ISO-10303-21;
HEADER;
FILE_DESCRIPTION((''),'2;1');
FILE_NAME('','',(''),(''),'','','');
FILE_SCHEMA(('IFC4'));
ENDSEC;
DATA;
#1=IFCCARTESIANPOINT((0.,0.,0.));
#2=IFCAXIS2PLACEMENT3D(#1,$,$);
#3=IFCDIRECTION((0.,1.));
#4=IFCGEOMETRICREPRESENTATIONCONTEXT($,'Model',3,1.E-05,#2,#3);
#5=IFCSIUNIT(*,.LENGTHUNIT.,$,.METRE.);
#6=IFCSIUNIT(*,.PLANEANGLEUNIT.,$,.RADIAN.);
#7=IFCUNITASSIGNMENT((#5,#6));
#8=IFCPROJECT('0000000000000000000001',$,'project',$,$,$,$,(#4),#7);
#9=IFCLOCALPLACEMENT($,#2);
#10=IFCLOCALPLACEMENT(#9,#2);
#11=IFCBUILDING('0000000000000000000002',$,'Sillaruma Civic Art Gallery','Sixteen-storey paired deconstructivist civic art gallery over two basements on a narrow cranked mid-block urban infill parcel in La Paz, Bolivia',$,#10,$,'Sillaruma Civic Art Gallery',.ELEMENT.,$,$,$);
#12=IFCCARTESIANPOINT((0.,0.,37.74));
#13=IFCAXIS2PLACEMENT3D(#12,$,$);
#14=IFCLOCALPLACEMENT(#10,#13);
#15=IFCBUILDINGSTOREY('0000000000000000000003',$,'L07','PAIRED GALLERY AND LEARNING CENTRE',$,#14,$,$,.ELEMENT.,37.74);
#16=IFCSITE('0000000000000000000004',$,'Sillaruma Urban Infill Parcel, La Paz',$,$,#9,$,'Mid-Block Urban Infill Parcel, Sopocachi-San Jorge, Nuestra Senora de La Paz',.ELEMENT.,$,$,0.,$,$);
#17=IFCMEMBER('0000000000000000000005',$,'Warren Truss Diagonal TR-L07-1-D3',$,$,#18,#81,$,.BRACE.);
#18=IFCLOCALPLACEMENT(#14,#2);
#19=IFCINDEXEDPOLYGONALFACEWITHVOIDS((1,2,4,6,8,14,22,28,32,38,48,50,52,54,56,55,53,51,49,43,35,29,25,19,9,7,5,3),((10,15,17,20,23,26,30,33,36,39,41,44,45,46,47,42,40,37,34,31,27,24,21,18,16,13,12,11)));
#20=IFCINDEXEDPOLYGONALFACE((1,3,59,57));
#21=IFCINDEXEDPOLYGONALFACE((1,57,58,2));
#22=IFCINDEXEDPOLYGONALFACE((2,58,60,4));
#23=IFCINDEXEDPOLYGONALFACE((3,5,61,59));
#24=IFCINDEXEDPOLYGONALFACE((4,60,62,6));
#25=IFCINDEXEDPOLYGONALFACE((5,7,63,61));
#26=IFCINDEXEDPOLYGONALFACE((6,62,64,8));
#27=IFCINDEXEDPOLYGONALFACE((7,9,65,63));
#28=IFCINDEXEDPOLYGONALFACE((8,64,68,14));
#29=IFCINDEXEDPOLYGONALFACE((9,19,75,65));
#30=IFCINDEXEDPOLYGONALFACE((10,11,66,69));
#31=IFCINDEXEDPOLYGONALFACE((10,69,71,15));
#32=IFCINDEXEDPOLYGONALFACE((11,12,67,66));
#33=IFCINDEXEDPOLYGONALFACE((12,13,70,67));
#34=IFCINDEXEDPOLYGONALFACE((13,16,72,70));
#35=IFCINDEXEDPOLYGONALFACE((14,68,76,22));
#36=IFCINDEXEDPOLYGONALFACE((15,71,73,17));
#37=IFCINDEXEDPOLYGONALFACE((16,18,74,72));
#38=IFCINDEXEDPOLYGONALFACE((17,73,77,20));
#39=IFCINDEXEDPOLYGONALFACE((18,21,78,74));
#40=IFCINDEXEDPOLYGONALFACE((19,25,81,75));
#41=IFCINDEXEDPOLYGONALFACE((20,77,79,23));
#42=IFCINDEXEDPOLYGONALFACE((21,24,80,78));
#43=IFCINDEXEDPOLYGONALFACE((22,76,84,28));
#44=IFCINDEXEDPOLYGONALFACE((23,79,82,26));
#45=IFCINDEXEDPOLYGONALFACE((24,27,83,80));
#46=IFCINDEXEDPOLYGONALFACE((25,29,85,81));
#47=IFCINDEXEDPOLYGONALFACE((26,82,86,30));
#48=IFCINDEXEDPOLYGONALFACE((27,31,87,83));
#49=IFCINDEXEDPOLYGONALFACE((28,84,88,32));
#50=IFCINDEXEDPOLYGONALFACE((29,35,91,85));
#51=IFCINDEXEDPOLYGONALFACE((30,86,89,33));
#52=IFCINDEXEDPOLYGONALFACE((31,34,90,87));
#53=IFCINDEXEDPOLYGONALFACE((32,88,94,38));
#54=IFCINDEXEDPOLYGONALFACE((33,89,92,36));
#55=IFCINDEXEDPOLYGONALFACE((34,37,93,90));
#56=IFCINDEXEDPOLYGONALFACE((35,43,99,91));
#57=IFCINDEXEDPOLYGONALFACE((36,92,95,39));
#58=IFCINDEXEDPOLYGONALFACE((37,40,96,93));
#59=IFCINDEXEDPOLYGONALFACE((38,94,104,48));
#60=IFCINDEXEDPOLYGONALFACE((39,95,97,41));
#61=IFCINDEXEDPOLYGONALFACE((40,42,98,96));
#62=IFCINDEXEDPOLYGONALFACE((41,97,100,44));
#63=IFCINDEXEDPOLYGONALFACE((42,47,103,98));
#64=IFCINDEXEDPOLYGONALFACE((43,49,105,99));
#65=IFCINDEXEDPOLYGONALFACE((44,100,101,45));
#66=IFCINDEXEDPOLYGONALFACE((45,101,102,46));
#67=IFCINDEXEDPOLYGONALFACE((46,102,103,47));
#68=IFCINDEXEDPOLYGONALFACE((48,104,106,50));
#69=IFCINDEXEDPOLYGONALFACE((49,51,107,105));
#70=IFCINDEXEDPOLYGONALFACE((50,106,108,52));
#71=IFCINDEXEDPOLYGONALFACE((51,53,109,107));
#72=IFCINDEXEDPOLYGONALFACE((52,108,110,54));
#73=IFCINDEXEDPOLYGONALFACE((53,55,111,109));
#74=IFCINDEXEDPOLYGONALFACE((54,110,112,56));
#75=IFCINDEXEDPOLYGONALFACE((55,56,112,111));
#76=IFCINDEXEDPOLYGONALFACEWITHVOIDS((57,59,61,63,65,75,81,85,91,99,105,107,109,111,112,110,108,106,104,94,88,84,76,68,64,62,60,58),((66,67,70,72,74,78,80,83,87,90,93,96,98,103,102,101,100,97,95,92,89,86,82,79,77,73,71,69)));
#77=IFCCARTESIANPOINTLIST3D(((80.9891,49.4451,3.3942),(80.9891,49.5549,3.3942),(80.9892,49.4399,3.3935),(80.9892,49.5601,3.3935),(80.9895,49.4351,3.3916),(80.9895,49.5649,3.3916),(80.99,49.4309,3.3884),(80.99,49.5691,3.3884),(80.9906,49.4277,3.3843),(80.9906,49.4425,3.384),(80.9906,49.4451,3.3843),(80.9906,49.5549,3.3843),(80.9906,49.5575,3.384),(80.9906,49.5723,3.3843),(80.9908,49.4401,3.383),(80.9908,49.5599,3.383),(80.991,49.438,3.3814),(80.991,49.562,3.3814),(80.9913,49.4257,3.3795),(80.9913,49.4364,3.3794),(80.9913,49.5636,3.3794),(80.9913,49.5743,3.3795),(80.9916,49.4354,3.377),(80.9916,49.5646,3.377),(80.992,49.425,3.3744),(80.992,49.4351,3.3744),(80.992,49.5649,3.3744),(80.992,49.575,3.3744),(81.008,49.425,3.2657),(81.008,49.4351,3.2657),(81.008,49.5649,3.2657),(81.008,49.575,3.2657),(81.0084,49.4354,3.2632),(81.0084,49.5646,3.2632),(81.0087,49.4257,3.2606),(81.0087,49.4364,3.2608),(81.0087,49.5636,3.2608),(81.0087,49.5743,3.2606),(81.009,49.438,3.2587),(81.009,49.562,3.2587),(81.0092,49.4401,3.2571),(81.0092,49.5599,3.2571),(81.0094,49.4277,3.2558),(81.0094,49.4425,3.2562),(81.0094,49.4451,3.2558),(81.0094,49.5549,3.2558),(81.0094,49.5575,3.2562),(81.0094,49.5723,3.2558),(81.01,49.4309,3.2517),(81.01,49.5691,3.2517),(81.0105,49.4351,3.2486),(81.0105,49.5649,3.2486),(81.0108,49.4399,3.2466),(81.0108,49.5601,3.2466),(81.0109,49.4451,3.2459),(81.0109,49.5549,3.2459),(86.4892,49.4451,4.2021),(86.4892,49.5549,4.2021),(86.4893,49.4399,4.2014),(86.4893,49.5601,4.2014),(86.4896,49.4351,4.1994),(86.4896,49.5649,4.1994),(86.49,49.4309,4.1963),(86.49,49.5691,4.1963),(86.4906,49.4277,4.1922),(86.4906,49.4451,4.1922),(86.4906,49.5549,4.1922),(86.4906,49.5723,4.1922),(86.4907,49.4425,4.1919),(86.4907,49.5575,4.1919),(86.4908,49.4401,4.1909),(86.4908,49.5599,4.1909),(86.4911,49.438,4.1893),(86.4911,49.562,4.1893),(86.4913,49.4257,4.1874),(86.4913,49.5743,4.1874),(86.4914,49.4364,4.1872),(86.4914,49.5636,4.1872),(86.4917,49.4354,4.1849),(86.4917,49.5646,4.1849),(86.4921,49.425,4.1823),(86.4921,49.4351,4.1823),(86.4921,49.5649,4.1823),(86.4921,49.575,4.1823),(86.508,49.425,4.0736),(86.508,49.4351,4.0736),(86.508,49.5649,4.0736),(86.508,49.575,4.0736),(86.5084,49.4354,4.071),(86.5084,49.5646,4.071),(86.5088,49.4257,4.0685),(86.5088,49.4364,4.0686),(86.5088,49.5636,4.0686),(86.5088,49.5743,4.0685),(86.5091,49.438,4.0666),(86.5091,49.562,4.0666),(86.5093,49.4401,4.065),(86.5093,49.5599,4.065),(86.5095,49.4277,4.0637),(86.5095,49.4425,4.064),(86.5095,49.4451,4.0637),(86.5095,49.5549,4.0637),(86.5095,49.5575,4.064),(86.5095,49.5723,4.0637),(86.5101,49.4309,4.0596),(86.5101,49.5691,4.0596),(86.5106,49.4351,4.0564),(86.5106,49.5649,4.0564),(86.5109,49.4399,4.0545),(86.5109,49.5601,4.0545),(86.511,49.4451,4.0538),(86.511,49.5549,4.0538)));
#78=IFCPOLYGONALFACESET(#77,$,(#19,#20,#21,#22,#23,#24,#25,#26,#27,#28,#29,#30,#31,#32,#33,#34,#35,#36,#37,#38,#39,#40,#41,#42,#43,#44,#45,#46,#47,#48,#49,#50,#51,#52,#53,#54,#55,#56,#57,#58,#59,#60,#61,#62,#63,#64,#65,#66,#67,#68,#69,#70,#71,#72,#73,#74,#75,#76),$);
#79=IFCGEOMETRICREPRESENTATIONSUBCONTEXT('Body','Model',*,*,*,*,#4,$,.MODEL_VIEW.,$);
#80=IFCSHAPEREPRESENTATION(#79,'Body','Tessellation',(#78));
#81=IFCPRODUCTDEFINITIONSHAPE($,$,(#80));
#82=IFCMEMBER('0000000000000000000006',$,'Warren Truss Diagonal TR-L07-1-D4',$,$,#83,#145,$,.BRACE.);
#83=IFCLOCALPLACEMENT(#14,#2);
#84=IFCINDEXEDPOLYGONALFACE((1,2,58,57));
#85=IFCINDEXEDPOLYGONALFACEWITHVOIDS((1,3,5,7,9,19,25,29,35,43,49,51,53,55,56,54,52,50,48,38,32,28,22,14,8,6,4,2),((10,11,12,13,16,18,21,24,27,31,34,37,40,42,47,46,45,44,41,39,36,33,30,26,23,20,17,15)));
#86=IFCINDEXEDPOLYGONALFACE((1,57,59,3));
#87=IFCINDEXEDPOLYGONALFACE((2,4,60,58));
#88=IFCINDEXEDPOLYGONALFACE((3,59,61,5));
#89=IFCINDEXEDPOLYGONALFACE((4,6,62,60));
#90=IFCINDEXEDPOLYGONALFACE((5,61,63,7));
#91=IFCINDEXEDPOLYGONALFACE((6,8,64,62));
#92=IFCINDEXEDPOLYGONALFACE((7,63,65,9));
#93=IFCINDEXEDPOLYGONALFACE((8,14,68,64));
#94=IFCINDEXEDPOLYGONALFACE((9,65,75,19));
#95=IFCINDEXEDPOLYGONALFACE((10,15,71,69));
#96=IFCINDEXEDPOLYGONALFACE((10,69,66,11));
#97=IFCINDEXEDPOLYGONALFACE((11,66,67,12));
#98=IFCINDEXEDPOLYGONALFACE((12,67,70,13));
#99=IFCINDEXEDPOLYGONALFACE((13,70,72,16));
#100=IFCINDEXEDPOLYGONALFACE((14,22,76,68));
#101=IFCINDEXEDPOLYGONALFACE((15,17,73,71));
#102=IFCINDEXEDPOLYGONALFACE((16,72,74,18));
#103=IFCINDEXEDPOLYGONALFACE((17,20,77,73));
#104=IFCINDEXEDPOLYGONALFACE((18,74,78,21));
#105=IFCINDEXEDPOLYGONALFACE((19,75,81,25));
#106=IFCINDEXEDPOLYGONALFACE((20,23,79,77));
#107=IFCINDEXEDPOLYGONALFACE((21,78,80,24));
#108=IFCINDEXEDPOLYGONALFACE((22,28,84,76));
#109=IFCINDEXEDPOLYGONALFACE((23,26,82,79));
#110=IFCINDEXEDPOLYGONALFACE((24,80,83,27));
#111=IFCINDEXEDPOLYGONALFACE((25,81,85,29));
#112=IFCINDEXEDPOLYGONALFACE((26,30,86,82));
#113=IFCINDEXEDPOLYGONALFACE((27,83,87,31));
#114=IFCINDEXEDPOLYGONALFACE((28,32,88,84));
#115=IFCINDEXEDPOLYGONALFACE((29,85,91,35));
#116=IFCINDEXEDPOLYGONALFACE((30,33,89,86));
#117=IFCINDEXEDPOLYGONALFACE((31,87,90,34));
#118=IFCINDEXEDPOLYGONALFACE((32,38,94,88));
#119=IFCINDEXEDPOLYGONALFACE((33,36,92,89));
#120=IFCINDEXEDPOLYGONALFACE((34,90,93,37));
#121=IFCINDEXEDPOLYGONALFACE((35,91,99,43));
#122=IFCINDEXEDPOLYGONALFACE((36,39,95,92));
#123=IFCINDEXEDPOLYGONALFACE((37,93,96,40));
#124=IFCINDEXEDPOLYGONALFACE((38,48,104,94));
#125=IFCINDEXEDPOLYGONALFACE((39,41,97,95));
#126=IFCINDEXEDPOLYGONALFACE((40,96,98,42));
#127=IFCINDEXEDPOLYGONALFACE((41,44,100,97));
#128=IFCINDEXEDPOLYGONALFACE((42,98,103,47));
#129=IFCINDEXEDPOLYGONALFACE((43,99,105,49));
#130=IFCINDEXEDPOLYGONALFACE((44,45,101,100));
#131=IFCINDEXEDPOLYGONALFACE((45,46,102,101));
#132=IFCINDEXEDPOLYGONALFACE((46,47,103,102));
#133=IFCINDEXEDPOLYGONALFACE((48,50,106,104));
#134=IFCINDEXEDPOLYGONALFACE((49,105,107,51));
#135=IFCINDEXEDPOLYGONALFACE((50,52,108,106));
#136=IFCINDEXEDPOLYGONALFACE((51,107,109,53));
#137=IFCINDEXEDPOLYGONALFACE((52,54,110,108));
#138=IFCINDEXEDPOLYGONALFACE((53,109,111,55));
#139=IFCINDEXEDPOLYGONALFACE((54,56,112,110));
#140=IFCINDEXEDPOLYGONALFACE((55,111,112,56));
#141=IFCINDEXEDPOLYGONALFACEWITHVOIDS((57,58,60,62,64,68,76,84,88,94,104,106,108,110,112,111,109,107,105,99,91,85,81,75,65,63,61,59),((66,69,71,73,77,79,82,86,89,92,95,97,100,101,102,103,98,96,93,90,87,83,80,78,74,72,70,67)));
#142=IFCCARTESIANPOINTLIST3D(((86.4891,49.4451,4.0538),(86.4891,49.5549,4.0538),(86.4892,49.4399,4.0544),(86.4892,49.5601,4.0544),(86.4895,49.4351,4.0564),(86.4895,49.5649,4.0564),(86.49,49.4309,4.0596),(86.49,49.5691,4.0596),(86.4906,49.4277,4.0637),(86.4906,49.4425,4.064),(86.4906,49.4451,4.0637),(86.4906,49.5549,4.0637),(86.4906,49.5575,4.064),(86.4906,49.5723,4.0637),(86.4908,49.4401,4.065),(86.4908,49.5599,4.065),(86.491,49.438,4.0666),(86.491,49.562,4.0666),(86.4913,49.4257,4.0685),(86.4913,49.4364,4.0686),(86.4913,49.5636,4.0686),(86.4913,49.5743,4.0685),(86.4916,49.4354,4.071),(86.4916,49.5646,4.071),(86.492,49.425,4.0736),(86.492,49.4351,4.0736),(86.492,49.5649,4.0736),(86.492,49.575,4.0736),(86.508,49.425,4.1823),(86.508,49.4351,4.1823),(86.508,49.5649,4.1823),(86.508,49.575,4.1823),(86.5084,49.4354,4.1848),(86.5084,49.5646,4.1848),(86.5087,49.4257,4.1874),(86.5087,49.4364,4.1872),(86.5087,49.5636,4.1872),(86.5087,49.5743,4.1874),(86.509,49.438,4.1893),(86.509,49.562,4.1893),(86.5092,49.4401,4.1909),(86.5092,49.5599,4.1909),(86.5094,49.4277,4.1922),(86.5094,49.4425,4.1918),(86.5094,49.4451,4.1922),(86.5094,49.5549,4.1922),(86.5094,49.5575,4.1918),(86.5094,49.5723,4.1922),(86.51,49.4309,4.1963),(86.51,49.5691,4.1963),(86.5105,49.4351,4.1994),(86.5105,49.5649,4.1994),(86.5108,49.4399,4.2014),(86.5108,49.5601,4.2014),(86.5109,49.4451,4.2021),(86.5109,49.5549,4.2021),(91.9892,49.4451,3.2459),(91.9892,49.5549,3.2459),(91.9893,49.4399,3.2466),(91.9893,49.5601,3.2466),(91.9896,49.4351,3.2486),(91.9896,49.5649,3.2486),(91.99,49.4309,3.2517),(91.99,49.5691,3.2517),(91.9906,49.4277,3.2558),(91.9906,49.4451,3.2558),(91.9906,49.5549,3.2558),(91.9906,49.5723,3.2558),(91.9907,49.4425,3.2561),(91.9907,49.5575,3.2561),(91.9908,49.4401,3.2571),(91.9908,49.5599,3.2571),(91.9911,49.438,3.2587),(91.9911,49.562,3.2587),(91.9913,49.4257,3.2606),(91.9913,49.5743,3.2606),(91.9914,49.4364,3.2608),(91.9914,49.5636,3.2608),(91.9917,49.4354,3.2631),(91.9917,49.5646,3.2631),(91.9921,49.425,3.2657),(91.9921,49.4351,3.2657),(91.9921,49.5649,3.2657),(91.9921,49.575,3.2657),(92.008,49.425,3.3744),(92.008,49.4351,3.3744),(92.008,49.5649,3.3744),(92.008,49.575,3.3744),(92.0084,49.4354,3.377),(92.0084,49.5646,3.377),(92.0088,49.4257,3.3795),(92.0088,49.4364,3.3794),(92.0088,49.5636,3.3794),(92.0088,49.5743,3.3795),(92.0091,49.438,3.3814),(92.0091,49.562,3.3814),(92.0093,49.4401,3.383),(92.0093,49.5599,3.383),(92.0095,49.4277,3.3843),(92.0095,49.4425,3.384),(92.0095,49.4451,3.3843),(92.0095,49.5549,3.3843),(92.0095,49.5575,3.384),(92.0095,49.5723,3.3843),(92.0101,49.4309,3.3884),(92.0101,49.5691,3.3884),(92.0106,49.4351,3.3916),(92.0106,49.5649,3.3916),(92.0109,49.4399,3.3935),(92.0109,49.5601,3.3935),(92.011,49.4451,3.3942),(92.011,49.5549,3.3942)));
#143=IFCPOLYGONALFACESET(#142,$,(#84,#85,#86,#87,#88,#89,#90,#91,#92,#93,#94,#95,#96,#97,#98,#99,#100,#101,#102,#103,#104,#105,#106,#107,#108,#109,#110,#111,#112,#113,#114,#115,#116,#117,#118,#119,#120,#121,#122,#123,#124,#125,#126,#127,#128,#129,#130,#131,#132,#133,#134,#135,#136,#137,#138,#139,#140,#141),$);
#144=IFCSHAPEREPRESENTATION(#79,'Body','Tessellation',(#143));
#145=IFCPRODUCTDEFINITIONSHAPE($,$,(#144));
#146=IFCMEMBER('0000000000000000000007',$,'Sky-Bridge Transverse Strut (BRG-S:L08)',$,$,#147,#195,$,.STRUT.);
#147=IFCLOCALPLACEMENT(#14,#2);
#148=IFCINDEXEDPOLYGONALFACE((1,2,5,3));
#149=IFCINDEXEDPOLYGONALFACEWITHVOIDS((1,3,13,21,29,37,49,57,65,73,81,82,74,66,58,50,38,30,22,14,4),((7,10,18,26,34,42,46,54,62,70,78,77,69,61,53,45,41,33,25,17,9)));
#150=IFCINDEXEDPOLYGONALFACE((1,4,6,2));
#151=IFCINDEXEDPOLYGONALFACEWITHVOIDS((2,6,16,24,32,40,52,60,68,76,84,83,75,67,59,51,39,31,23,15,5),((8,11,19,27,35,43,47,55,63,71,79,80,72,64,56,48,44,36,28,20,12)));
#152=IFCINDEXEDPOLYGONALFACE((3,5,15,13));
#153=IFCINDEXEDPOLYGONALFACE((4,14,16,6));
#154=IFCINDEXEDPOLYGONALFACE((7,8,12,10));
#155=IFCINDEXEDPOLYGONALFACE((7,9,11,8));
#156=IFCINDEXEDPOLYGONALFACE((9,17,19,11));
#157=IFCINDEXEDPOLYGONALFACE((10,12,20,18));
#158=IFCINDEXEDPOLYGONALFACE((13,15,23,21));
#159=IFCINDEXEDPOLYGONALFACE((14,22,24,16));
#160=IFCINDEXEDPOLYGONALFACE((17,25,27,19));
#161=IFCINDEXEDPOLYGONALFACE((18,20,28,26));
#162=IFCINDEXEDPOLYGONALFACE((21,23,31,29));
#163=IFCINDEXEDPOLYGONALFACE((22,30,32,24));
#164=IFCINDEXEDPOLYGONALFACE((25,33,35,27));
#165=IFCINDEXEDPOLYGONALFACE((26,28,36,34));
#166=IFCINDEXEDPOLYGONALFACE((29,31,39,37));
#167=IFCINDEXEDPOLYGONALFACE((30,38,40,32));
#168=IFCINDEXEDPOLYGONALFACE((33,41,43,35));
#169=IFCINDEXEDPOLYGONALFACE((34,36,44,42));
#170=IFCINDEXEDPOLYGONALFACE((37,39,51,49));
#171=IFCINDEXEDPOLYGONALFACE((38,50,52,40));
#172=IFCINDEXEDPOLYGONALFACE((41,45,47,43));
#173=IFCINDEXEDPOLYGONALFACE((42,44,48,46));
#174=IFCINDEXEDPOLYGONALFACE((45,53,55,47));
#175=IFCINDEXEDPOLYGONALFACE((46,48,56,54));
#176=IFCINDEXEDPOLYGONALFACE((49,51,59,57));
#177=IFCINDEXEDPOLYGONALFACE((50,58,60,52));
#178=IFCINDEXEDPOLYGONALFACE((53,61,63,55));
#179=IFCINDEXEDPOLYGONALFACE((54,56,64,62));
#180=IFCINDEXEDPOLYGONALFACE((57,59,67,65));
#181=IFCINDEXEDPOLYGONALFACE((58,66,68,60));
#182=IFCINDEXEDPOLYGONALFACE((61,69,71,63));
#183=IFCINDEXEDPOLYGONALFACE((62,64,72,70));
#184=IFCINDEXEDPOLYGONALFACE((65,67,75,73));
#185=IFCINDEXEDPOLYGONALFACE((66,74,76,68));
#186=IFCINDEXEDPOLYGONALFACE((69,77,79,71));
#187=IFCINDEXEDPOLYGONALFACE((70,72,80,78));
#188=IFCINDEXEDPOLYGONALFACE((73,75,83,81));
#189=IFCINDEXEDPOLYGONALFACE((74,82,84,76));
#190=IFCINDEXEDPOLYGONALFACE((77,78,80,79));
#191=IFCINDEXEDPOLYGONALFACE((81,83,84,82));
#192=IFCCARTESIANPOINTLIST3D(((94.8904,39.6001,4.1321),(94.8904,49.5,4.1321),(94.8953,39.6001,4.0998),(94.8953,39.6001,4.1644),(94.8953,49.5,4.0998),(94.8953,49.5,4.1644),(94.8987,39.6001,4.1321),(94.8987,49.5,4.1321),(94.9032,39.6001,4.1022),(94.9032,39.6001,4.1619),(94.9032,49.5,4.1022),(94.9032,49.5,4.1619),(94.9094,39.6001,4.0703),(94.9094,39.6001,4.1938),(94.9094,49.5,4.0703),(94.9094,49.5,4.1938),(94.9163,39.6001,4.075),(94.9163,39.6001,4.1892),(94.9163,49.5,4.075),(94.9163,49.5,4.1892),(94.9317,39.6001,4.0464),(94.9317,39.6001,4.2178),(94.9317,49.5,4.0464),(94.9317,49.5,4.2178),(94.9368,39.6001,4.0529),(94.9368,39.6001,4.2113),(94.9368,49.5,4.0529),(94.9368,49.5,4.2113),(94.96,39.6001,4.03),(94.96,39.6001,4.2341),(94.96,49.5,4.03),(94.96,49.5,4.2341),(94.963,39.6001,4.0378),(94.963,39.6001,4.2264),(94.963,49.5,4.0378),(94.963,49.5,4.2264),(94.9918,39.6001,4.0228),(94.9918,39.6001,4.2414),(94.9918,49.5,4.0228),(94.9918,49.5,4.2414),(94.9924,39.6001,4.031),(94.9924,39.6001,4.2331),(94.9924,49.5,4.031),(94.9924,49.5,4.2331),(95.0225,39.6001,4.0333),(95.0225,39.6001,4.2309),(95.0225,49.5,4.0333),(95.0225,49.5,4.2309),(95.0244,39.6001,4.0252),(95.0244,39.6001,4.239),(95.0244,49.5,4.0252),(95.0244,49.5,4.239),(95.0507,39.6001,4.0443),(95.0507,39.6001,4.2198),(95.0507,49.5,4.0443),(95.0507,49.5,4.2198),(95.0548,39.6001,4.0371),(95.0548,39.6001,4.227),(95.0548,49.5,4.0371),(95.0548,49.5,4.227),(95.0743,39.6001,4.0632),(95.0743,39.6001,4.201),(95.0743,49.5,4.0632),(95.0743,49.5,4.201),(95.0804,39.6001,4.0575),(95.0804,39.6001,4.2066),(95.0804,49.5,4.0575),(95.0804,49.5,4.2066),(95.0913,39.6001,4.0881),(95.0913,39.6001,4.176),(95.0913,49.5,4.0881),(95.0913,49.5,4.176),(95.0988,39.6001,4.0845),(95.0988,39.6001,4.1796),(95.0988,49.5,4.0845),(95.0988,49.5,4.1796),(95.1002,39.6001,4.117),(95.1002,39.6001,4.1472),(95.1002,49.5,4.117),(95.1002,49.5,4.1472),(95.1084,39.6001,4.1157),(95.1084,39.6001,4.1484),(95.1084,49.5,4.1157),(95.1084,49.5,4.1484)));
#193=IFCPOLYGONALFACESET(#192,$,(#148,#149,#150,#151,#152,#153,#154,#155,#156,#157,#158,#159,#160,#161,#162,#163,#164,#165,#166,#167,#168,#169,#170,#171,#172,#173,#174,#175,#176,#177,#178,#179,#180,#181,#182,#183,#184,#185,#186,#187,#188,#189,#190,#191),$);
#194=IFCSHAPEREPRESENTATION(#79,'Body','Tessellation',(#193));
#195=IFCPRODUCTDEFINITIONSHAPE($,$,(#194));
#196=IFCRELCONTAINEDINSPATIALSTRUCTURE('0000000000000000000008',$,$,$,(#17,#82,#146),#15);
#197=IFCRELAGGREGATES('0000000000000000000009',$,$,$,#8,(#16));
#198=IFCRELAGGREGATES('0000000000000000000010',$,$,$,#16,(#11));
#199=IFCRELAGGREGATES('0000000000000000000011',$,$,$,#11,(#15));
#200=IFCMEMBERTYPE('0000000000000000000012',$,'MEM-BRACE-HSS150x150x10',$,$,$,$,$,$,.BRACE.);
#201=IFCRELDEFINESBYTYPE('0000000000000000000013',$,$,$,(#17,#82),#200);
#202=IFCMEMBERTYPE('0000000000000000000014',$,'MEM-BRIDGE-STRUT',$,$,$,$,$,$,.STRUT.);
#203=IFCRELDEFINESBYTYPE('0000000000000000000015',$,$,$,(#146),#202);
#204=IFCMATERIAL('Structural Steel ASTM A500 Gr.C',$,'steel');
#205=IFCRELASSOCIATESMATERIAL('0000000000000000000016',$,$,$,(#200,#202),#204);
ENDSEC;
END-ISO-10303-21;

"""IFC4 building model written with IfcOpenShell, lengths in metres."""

from ifc_helpers import new_model, si_unit, direction, frame, origin, origin_2d, place, context, subcontext, project, spatial, hollow_rectangle, hollow_circle, extrude, material, material_profile, profile_set, type_object, element, save


model = new_model("IFC4")

# Units and contexts
model_context = context("Model", 3, precision=1e-05, world=origin(), true_north=direction((0.0, 1.0)))
body_context = subcontext(model_context, "Body", "Model", "MODEL_VIEW")
ifc_project = project(units=[si_unit("LENGTHUNIT", "METRE"), si_unit("PLANEANGLEUNIT", "RADIAN")], contexts=[model_context])

# Site, building, storey
site_placement = place(None, origin())
site = spatial("IfcSite", under=ifc_project, at=site_placement, Name="Sillaruma Urban Infill Parcel, La Paz", LongName="Mid-Block Urban Infill Parcel, Sopocachi-San Jorge, Nuestra Senora de La Paz", CompositionType="ELEMENT", RefElevation=0.0)
building_placement = place(site_placement, origin())
building = spatial("IfcBuilding", under=site, at=building_placement, Name="Sillaruma Civic Art Gallery", Description="Sixteen-storey paired deconstructivist civic art gallery over two basements on a narrow cranked mid-block urban infill parcel in La Paz, Bolivia", LongName="Sillaruma Civic Art Gallery", CompositionType="ELEMENT")
storey_placement = place(building_placement, frame((0.0, 0.0, 37.74)))
storey = spatial("IfcBuildingStorey", under=building, at=storey_placement, Name="L07", Description="PAIRED GALLERY AND LEARNING CENTRE", CompositionType="ELEMENT", Elevation=37.74)

# Shared definitions
ifc_material_1 = material(Name="Structural Steel ASTM A500 Gr.C", Category="steel")

# Members
ifc_material_profile_1 = material_profile(ifc_material_1, hollow_rectangle(XDim=0.1499, YDim=0.1499, WallThickness=0.01, InnerFilletRadius=0.01, OuterFilletRadius=0.02, at=origin_2d()), Name="HSS150x150x10")
ifc_profile_set_1 = profile_set([ifc_material_profile_1], Name="Structural Steel ASTM A500 Gr.C")
member_type_1 = type_object("IfcMemberType", Name="MEM-BRACE-HSS150x150x10", PredefinedType="BRACE", material=ifc_profile_set_1)
for number, where, z_axis, x_axis, name in (
    (1, (81.0, 49.5, 3.3201), (0.989384, 0.0, 0.145325), (0.0, 1.0, 0.0), "Warren Truss Diagonal TR-L07-1-D3"),
    (2, (86.5, 49.5, 4.1279), (0.989384, 0.0, -0.145325), (0.0, 1.0, 0.0), "Warren Truss Diagonal TR-L07-1-D4"),
):
    element("IfcMember", number, at=place(storey_placement, frame(where, z_axis=z_axis, x_axis=x_axis)), inside=storey, type_object=member_type_1, Name=name, PredefinedType="BRACE", context=body_context, shape_type="SweptSolid", body=[
        extrude(hollow_rectangle(XDim=0.1499, YDim=0.1499, WallThickness=0.01, InnerFilletRadius=0.01, OuterFilletRadius=0.02, at=origin_2d()), origin(), (0.0, 0.0, 1.0), 5.5591),
    ])
ifc_material_profile_2 = material_profile(ifc_material_1, hollow_circle(Radius=0.1096, WallThickness=0.0083, at=origin_2d()), Name="CHS219.1x8.2")
ifc_profile_set_2 = profile_set([ifc_material_profile_2], Name="Structural Steel ASTM A500 Gr.C")
member_type_2 = type_object("IfcMemberType", Name="MEM-BRIDGE-STRUT", PredefinedType="STRUT", material=ifc_profile_set_2)
member_1_placement = place(storey_placement, frame((95.0, 39.6001, 4.1321), z_axis=(0.0, 1.0, 0.0), x_axis=(-1.0, 0.0, 0.0)))
element("IfcMember", 3, at=member_1_placement, inside=storey, type_object=member_type_2, Name="Sky-Bridge Transverse Strut (BRG-S:L08)", PredefinedType="STRUT", context=body_context, shape_type="SweptSolid", body=[
    extrude(hollow_circle(Radius=0.1096, WallThickness=0.0083, at=origin_2d()), origin(), (0.0, 0.0, 1.0), 9.8999),
])

save(model, "model.ifc")
